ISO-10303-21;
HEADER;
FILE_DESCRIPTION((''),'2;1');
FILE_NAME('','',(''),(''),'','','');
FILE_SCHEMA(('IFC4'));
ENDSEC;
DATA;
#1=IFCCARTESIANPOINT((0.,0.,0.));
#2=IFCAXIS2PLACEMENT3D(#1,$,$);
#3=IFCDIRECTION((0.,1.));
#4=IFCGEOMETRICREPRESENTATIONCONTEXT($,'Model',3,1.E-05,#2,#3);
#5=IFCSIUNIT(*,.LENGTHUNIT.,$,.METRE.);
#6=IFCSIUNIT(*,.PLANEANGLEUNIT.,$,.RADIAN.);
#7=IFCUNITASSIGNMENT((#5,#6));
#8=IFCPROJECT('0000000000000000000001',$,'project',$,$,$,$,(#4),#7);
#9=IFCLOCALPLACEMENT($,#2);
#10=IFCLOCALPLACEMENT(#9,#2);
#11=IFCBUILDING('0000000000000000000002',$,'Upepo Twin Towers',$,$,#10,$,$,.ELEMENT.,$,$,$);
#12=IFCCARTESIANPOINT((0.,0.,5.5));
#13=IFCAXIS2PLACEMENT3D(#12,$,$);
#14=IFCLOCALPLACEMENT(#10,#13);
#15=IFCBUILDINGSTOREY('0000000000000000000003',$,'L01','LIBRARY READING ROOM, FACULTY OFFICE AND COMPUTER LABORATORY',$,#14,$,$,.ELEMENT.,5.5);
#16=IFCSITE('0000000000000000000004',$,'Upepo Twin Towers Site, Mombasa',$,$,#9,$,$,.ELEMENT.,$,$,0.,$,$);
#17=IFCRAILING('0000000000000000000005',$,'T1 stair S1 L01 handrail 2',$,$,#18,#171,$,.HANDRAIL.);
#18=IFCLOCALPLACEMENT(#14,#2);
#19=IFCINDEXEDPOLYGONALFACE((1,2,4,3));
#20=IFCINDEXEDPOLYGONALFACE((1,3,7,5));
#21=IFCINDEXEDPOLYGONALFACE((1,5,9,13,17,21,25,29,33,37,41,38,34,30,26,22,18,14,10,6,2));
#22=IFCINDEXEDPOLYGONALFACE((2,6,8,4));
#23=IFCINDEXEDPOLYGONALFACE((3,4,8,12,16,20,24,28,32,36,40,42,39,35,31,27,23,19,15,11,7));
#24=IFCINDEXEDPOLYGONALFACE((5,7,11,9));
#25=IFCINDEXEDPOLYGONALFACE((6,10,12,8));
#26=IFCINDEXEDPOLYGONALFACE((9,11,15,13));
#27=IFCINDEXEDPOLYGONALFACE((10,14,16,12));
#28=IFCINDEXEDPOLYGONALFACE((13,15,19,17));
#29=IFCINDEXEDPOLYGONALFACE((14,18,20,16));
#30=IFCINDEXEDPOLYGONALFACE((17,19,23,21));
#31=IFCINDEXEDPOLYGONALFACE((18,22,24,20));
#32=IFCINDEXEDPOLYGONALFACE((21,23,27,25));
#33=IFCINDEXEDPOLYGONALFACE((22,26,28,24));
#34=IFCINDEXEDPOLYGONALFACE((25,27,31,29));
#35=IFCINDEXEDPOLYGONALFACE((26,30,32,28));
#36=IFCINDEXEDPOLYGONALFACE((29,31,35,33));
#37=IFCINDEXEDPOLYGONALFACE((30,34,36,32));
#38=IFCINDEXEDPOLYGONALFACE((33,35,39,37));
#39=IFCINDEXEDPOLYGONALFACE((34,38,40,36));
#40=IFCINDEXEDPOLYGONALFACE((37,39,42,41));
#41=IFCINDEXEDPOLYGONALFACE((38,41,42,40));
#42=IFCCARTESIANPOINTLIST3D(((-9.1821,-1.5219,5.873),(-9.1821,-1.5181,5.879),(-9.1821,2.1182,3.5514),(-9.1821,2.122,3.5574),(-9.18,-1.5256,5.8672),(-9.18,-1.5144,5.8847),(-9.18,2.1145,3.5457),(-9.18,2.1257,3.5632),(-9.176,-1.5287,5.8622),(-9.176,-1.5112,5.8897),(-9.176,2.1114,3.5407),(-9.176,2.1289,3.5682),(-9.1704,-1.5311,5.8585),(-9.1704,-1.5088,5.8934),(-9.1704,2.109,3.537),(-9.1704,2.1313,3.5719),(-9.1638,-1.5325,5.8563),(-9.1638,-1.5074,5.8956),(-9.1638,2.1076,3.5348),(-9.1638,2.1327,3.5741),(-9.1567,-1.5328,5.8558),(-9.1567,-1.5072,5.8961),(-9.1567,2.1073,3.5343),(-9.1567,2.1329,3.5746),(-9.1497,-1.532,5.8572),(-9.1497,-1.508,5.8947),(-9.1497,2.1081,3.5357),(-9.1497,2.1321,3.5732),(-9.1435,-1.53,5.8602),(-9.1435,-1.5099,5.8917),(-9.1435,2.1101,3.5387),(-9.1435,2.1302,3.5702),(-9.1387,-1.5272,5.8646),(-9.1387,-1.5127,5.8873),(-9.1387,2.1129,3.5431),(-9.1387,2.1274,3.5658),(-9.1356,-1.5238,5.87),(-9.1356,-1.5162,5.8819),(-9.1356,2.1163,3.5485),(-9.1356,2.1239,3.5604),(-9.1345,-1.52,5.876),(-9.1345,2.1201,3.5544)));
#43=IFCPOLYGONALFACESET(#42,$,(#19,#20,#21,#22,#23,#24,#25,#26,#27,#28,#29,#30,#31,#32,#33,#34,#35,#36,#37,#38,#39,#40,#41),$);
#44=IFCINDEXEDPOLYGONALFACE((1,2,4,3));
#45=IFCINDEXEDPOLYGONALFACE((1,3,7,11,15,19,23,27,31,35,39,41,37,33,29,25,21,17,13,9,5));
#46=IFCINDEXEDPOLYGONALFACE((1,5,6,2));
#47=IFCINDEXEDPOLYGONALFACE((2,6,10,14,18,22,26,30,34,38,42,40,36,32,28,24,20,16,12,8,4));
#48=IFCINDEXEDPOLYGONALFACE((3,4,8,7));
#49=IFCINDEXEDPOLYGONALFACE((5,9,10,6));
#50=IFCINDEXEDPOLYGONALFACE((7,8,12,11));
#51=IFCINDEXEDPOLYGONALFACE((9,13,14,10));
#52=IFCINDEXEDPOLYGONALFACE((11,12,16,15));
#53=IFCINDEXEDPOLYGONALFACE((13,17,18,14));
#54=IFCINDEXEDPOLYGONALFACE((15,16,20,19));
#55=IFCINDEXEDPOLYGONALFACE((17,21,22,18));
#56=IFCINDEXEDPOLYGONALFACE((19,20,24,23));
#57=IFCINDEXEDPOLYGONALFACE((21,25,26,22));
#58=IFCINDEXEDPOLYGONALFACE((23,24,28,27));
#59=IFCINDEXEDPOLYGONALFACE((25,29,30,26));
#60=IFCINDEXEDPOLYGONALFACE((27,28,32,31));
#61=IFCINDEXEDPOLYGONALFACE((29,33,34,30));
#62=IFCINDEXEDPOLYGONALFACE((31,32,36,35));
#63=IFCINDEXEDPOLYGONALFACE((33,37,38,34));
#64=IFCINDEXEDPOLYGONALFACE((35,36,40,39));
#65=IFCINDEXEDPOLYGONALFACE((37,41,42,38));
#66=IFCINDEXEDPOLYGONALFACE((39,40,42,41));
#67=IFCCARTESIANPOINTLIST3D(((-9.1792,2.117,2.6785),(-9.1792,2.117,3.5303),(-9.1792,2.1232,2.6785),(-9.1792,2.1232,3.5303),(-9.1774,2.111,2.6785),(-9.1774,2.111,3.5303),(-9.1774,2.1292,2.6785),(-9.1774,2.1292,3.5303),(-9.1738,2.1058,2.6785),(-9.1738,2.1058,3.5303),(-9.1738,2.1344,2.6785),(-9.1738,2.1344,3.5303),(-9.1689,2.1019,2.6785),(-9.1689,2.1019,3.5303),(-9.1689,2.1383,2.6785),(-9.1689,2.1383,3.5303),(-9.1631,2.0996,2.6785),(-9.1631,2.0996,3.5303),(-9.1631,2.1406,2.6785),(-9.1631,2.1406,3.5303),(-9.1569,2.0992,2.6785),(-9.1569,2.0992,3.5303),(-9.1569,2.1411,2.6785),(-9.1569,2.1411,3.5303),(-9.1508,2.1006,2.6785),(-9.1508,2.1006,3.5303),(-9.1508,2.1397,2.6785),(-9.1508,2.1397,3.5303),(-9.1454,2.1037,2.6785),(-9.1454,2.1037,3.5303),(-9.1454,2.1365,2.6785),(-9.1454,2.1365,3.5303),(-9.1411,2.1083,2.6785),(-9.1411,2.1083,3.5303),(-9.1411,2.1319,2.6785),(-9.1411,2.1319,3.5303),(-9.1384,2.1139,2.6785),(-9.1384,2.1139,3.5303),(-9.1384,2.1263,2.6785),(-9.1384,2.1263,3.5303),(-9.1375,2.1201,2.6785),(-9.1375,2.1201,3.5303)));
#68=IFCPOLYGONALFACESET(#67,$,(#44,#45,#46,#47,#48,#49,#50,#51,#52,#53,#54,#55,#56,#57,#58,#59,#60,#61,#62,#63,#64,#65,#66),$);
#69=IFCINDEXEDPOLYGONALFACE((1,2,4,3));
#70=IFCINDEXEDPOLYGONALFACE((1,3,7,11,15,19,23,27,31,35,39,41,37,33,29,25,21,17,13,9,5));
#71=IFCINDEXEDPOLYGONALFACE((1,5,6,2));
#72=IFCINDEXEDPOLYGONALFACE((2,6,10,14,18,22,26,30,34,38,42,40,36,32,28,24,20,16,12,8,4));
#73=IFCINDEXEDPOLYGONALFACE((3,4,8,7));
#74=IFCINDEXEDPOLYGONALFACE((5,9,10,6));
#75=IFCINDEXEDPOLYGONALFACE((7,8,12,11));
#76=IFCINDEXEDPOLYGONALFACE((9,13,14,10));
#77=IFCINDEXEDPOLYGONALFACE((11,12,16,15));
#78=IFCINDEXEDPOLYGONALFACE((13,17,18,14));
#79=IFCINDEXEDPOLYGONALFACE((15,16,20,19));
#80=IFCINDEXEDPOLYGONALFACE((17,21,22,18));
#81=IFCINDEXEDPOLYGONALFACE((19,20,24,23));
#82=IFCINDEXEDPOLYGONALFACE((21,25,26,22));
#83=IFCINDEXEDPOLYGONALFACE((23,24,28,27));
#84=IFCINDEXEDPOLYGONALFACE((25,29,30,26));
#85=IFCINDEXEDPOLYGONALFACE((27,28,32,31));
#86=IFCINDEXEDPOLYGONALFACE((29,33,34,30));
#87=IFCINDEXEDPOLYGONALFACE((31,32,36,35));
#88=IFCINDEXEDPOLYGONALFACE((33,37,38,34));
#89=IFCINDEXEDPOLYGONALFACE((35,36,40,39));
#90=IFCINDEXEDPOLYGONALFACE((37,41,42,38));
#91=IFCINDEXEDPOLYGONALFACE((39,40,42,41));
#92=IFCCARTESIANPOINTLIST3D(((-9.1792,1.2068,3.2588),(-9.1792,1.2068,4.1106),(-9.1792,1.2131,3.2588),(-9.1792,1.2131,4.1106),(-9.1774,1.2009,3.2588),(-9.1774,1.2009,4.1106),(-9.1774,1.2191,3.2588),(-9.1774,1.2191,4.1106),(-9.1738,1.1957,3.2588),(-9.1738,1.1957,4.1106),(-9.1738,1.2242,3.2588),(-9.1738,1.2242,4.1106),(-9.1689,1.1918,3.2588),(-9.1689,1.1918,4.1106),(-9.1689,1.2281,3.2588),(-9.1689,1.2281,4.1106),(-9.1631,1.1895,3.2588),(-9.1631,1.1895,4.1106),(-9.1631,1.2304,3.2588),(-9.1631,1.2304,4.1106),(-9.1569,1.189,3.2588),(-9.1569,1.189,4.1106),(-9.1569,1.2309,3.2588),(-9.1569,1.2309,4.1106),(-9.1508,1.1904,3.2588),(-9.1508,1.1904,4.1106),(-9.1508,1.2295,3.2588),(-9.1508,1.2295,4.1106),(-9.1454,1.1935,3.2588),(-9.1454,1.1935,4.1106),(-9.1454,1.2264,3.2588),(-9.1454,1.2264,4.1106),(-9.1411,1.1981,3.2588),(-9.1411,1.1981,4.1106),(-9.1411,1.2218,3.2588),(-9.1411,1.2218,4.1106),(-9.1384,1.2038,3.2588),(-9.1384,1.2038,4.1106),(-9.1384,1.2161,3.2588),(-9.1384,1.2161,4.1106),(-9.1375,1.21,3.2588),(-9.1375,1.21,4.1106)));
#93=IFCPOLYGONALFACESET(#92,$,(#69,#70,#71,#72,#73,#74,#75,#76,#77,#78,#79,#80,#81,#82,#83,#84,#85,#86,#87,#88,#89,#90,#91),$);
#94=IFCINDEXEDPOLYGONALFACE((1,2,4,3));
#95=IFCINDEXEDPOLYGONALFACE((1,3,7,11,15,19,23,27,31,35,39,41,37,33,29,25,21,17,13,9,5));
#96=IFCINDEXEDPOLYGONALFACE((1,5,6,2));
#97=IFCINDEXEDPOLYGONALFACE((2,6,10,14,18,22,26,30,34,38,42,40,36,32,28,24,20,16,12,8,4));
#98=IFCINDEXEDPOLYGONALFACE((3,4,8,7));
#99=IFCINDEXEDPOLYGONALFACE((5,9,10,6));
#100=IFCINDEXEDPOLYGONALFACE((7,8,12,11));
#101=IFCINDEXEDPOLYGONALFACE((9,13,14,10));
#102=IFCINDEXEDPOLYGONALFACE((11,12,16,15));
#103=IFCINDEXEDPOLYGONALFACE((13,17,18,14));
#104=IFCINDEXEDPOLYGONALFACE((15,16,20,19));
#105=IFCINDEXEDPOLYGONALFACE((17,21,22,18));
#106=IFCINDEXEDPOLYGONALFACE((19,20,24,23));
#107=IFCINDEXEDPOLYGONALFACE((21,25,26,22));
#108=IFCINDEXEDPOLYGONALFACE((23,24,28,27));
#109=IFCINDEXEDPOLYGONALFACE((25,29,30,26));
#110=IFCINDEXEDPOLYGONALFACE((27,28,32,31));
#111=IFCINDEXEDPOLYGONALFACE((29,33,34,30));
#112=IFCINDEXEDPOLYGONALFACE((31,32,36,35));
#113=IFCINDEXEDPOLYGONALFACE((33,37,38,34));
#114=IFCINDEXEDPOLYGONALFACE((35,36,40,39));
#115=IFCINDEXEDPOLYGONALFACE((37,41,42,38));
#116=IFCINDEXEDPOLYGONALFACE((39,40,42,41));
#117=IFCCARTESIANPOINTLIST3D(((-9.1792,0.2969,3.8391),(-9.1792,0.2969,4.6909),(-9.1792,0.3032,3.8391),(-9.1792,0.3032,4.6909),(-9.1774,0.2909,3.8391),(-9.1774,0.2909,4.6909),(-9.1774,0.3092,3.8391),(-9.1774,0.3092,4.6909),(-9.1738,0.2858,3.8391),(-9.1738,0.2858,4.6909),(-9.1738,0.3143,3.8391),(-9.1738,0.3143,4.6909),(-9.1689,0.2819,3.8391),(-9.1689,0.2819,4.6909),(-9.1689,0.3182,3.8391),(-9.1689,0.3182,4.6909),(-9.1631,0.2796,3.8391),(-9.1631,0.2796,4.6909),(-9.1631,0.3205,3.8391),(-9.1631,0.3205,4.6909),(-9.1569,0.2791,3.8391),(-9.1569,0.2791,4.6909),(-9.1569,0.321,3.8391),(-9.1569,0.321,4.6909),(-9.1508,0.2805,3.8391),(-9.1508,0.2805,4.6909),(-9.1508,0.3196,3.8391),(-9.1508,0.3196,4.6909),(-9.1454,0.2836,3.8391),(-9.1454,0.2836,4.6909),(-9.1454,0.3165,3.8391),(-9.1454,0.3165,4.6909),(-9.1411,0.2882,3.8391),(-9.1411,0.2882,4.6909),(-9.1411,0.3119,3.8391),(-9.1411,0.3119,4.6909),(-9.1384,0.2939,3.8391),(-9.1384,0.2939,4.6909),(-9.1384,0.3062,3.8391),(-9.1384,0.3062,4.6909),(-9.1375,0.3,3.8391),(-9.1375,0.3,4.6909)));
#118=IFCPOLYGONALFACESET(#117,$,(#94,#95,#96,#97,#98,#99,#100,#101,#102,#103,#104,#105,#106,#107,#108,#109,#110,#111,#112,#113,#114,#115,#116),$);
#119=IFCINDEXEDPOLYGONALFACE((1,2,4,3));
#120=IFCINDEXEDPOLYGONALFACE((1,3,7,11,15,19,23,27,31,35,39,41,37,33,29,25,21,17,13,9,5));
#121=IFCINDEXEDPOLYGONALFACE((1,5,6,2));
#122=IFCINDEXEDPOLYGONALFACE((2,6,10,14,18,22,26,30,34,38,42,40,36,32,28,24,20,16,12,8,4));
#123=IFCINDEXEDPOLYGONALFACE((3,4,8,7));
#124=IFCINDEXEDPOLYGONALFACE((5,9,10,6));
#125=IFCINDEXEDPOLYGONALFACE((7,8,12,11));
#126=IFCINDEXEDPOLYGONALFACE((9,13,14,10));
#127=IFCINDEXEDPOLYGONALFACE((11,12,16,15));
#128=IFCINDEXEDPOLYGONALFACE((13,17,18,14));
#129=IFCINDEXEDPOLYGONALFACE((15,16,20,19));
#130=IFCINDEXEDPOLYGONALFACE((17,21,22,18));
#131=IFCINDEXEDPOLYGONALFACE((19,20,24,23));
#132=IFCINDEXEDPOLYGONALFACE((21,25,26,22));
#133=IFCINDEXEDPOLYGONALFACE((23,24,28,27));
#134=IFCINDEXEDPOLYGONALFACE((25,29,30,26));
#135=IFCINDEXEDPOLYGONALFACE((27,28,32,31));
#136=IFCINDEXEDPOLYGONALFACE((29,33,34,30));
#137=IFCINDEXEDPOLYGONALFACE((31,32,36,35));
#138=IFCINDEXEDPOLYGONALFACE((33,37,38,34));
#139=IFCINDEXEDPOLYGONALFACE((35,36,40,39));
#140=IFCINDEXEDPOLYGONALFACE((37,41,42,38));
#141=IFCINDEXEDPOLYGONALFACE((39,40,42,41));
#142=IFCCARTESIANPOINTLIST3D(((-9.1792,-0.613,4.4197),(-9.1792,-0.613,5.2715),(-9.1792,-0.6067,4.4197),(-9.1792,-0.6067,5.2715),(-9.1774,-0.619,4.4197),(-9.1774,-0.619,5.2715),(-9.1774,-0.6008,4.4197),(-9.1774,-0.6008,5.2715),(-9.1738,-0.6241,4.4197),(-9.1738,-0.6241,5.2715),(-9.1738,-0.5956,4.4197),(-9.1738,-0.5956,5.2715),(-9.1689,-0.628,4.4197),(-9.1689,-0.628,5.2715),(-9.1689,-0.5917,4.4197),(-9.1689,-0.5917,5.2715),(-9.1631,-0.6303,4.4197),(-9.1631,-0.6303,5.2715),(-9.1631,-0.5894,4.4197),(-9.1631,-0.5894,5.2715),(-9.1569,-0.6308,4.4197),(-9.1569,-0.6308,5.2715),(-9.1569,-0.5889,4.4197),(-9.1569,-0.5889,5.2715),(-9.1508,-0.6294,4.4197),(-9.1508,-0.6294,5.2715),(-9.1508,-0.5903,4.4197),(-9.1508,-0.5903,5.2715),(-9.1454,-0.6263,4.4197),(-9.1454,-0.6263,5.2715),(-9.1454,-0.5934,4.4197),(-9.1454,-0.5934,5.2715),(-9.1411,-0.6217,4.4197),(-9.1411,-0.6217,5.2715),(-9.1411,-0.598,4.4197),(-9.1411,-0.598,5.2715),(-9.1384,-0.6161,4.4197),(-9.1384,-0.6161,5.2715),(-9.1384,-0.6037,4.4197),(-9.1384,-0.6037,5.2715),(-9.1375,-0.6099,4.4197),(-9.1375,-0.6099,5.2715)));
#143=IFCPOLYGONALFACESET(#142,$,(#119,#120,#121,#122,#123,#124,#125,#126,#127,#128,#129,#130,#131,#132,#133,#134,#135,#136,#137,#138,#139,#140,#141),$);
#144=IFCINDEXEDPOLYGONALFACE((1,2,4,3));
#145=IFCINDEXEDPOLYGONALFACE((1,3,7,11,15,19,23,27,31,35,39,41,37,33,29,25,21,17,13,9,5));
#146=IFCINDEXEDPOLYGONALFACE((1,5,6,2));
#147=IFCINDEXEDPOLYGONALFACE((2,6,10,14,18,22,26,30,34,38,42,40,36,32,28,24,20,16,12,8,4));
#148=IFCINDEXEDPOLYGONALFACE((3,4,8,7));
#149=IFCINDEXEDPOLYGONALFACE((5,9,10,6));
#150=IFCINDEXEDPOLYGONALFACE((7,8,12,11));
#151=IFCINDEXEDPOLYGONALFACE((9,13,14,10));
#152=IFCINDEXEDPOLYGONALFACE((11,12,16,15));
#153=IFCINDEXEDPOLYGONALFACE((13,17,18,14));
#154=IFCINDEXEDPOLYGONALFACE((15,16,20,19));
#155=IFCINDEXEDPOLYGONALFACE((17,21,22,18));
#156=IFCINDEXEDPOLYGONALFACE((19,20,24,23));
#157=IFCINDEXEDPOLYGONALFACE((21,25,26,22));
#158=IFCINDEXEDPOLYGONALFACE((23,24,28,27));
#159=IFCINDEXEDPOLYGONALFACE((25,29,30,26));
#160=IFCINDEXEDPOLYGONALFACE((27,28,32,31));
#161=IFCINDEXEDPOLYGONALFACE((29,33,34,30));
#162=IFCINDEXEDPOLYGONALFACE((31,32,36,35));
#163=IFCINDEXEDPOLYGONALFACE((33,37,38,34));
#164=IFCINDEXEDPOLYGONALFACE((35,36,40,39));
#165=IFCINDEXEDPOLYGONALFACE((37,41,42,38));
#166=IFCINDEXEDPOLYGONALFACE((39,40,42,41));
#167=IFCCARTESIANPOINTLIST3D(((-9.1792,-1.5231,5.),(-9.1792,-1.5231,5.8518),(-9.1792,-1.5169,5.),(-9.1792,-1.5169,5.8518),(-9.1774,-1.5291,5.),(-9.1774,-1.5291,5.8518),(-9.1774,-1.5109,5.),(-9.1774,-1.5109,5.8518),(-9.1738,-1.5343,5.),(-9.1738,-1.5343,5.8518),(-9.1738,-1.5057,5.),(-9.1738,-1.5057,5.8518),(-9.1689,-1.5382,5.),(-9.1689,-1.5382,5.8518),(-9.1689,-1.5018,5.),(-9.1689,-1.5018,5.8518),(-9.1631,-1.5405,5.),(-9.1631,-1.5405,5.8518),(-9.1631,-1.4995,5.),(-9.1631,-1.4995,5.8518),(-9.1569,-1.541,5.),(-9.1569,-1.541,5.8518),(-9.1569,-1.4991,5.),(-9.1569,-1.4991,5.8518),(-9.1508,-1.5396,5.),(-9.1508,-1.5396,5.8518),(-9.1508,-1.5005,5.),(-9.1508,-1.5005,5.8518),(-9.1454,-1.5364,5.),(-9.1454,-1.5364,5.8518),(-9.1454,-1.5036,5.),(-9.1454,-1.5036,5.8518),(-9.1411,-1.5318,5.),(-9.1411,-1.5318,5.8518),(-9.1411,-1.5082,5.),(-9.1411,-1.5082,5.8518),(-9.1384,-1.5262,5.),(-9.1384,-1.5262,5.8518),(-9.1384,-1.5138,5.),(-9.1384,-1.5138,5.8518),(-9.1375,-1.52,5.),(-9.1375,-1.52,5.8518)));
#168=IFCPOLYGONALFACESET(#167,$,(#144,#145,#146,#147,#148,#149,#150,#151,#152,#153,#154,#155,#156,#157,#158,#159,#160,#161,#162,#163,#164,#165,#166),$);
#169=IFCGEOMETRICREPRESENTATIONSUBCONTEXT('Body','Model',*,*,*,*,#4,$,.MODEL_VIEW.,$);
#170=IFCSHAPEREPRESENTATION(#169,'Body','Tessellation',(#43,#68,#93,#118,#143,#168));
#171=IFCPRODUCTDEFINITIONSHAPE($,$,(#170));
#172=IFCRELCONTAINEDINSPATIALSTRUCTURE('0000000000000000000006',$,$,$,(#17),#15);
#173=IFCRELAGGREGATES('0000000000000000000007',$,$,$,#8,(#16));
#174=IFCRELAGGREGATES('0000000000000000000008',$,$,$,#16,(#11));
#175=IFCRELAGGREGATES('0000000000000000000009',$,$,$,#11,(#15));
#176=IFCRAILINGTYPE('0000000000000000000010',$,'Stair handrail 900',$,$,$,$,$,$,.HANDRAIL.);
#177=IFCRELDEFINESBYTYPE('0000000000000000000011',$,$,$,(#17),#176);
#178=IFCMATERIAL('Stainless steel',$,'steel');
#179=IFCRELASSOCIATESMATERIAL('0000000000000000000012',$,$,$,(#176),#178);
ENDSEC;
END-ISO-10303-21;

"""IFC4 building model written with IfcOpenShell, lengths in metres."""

from ifc_helpers import new_model, si_unit, direction, frame, origin, origin_2d, place, context, subcontext, project, spatial, circle, extrude, material, type_object, element, save


model = new_model("IFC4")

# Units and contexts
model_context = context("Model", 3, precision=1e-05, world=origin(), true_north=direction((0.0, 1.0)))
body_context = subcontext(model_context, "Body", "Model", "MODEL_VIEW")
ifc_project = project(units=[si_unit("LENGTHUNIT", "METRE"), si_unit("PLANEANGLEUNIT", "RADIAN")], contexts=[model_context])

# Site, building, storey
site_placement = place(None, origin())
site = spatial("IfcSite", under=ifc_project, at=site_placement, Name="Upepo Twin Towers Site, Mombasa", CompositionType="ELEMENT", RefElevation=0.0)
building_placement = place(site_placement, origin())
building = spatial("IfcBuilding", under=site, at=building_placement, Name="Upepo Twin Towers", CompositionType="ELEMENT")
storey_placement = place(building_placement, frame((0.0, 0.0, 5.5)))
storey = spatial("IfcBuildingStorey", under=building, at=storey_placement, Name="L01", Description="LIBRARY READING ROOM, FACULTY OFFICE AND COMPUTER LABORATORY", CompositionType="ELEMENT", Elevation=5.5)

# Railing
ifc_material_1 = material(Name="Stainless steel", Category="steel")
railing_type = type_object("IfcRailingType", Name="Stair handrail 900", PredefinedType="HANDRAIL", material=ifc_material_1)
railing_placement = place(storey_placement, frame((-9.1584, 2.1201, 2.6785)))
element("IfcRailing", 1, at=railing_placement, inside=storey, type_object=railing_type, Name="T1 stair S1 L01 handrail 2", PredefinedType="HANDRAIL", context=body_context, shape_type="SweptSolid", body=[
    extrude(circle(Radius=0.0239, at=origin_2d()), frame((0.0, 0.0, 0.876), z_axis=(0.0, -0.843128, 0.537713), x_axis=(1.0, 0.0, 0.0)), (0.0, 0.0, 1.0), 4.3174),
    extrude(circle(Radius=0.021, at=origin_2d()), origin(), (0.0, 0.0, 1.0), 0.8518),
    extrude(circle(Radius=0.021, at=origin_2d()), frame((0.0, -0.9102, 0.5803)), (0.0, 0.0, 1.0), 0.8518),
    extrude(circle(Radius=0.021, at=origin_2d()), frame((0.0, -1.8201, 1.1606)), (0.0, 0.0, 1.0), 0.8518),
    extrude(circle(Radius=0.021, at=origin_2d()), frame((0.0, -2.73, 1.7412)), (0.0, 0.0, 1.0), 0.8518),
    extrude(circle(Radius=0.021, at=origin_2d()), frame((0.0, -3.6401, 2.3215)), (0.0, 0.0, 1.0), 0.8518),
])

save(model, "model.ifc")
